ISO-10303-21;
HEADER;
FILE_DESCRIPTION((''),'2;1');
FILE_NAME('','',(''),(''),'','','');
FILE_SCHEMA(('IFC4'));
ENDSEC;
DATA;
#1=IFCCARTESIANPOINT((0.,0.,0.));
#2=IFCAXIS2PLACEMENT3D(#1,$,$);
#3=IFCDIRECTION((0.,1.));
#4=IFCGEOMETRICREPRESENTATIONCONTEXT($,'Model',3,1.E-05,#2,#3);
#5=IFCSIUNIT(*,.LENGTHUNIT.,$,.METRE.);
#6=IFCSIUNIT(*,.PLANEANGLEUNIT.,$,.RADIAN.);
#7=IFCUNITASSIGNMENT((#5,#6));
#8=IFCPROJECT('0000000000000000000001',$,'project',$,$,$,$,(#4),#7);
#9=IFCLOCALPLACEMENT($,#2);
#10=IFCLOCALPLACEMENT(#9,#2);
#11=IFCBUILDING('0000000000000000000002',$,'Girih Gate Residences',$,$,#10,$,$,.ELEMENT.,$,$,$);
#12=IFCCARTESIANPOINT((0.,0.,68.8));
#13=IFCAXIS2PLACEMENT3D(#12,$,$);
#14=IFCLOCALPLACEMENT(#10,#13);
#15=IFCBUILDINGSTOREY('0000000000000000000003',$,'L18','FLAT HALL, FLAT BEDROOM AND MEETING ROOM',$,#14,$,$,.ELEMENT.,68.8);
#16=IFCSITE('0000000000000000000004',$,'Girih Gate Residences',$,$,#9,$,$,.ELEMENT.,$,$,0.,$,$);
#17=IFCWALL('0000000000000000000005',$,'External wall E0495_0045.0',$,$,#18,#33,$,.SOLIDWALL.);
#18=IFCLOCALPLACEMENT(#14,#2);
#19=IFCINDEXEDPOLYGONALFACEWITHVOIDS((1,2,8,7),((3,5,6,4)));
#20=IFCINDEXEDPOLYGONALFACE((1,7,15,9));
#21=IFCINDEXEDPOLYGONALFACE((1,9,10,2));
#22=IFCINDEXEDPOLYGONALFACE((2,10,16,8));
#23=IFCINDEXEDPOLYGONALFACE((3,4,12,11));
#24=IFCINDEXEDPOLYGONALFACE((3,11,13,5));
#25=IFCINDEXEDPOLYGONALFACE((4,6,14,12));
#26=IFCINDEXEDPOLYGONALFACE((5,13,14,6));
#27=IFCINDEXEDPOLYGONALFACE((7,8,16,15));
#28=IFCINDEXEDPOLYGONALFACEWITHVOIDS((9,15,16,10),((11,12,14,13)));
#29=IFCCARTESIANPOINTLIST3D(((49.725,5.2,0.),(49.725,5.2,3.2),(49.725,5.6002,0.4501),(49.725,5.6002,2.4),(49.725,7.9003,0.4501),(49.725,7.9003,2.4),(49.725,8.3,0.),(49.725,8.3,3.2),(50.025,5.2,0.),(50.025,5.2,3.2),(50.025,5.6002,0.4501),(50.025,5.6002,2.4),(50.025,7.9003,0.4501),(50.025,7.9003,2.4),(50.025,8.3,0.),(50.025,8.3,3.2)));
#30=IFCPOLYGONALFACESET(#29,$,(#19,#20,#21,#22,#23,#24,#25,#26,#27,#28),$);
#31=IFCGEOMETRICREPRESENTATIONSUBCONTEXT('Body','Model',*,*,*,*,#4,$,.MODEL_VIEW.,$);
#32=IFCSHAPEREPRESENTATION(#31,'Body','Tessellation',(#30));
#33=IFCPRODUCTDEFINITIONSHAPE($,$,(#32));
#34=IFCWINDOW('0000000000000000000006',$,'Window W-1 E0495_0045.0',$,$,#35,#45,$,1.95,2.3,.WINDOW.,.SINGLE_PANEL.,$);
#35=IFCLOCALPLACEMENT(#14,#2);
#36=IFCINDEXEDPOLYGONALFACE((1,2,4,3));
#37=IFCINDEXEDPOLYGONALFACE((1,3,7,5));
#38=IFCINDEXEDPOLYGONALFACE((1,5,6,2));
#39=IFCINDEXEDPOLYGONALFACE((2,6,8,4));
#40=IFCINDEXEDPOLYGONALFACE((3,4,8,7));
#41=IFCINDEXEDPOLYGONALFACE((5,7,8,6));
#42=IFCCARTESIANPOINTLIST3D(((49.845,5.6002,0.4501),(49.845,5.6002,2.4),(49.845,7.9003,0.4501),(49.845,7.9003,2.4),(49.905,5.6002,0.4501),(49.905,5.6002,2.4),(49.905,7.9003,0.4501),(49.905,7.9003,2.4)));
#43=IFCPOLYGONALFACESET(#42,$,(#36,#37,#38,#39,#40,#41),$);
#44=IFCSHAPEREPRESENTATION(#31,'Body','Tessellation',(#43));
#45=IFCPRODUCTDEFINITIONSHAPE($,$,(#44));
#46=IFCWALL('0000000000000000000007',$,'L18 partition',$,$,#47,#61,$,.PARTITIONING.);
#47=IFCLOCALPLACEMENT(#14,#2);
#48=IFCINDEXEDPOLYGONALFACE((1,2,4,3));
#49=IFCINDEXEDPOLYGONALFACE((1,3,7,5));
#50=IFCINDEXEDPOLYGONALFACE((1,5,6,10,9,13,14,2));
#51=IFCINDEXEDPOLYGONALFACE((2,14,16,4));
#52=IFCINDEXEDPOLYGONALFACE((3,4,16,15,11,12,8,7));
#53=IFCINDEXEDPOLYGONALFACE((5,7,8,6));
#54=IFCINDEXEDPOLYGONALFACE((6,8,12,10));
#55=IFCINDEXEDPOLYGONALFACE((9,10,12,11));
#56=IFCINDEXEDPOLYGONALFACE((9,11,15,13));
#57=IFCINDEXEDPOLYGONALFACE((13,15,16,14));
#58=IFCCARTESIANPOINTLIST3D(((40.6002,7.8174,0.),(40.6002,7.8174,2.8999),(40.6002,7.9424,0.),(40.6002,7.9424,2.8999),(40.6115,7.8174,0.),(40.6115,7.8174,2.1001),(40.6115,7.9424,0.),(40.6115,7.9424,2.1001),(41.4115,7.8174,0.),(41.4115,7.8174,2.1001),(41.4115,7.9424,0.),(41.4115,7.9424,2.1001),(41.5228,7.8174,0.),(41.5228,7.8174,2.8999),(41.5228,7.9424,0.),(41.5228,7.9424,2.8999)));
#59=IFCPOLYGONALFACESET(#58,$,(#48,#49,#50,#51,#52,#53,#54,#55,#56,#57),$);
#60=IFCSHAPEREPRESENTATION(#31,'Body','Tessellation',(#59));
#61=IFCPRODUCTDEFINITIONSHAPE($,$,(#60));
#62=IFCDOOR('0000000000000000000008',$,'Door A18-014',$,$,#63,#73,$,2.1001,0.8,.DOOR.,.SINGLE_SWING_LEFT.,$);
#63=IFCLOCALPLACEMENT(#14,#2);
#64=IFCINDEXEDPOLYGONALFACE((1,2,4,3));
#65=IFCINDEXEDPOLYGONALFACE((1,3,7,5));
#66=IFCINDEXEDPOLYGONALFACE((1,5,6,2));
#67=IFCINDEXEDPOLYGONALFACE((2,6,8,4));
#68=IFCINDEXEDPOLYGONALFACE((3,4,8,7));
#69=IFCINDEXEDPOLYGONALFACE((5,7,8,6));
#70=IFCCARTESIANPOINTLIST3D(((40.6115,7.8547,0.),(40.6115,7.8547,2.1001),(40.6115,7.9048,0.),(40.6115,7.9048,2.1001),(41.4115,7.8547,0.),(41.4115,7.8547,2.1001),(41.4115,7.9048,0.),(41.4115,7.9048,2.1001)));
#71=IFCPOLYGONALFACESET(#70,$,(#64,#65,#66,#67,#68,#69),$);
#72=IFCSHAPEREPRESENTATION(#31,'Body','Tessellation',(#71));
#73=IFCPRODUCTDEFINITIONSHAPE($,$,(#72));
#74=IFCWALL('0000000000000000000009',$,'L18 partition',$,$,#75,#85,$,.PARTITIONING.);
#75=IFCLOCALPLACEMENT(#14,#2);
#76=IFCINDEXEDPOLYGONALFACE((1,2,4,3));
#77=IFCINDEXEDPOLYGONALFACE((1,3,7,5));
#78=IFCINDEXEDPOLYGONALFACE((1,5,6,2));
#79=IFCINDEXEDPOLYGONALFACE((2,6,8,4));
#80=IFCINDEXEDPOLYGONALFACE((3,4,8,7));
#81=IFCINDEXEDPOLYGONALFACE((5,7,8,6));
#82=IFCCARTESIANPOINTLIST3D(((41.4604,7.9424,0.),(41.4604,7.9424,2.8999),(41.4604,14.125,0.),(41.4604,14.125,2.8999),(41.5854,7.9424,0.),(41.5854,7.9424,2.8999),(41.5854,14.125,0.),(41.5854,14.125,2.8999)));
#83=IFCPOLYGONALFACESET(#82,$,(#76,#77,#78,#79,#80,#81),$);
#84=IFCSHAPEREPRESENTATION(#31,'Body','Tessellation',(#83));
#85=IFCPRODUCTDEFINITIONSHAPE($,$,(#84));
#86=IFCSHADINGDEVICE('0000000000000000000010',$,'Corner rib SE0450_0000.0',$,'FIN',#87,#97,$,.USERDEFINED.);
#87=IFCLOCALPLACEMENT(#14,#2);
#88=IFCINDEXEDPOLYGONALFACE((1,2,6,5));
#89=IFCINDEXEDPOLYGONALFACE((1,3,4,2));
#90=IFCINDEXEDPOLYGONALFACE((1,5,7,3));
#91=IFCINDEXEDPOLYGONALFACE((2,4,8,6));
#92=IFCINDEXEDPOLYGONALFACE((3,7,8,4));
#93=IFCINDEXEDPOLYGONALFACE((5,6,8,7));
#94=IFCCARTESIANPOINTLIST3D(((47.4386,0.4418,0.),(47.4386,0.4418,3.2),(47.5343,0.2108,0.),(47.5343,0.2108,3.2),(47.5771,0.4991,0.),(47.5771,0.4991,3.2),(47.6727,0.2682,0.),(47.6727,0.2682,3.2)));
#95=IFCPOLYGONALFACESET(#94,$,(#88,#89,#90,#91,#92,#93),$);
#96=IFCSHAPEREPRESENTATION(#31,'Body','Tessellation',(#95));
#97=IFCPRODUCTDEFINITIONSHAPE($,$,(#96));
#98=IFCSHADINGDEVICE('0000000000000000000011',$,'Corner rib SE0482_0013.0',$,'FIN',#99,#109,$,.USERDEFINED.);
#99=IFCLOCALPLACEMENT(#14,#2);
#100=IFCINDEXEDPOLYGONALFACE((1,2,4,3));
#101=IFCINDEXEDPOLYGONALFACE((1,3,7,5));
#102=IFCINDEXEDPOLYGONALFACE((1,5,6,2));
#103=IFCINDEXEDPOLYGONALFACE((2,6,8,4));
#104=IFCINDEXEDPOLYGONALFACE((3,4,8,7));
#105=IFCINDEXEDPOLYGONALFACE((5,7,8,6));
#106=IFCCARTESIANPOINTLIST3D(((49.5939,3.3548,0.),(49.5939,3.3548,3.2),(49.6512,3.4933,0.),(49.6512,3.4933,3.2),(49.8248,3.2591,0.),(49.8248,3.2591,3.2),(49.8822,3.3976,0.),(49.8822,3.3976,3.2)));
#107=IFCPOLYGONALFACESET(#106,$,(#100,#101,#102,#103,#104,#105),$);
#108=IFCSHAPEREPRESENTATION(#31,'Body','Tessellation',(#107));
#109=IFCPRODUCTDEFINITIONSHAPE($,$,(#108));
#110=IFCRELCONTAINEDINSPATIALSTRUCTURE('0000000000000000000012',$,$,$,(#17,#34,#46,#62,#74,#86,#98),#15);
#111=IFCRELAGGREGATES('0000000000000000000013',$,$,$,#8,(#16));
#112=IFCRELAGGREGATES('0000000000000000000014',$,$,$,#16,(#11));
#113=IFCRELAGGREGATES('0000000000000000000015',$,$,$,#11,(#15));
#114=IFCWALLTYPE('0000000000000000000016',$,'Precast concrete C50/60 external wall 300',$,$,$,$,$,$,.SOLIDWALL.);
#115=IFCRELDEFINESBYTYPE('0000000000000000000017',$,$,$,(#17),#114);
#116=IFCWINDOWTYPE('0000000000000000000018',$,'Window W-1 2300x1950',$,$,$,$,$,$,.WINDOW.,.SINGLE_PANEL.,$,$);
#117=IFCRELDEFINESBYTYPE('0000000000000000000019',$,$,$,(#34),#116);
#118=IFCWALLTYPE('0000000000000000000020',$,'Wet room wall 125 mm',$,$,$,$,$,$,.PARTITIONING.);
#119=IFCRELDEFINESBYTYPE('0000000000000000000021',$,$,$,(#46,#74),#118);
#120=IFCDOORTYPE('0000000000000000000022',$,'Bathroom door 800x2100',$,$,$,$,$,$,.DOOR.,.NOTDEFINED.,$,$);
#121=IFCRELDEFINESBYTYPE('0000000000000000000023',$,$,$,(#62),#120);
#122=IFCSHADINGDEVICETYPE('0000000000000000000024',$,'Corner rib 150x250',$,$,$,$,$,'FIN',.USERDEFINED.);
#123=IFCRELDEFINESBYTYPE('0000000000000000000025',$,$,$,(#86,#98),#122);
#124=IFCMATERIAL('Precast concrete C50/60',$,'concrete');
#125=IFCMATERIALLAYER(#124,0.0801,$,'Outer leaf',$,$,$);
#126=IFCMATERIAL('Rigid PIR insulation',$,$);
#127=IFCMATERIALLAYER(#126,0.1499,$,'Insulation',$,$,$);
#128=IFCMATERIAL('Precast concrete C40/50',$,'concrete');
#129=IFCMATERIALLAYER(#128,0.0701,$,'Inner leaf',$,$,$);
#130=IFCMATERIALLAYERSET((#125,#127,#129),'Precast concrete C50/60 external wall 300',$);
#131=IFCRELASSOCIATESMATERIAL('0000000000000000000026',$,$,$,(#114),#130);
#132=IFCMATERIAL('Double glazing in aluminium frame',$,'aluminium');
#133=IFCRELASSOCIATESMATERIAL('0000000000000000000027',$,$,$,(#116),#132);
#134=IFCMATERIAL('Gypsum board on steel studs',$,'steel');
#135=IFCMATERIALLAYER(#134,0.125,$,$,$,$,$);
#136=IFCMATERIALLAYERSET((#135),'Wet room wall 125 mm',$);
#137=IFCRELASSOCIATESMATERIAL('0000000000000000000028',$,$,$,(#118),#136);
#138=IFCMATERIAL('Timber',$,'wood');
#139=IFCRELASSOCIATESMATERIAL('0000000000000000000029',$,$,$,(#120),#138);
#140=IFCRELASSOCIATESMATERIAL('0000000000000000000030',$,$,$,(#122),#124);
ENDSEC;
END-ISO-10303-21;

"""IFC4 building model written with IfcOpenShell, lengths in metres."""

from ifc_helpers import new_model, si_unit, direction, frame, frame_2d, origin, origin_2d, place, context, subcontext, project, spatial, rectangle, extrude, material, layer, layer_set, type_object, element, fill, save


model = new_model("IFC4")

# Units and contexts
model_context = context("Model", 3, precision=1e-05, world=origin(), true_north=direction((0.0, 1.0)))
body_context = subcontext(model_context, "Body", "Model", "MODEL_VIEW")
ifc_project = project(units=[si_unit("LENGTHUNIT", "METRE"), si_unit("PLANEANGLEUNIT", "RADIAN")], contexts=[model_context])

# Site, building, storey
site_placement = place(None, origin())
site = spatial("IfcSite", under=ifc_project, at=site_placement, Name="Girih Gate Residences", CompositionType="ELEMENT", RefElevation=0.0)
building_placement = place(site_placement, origin())
building = spatial("IfcBuilding", under=site, at=building_placement, Name="Girih Gate Residences", CompositionType="ELEMENT")
storey_placement = place(building_placement, frame((0.0, 0.0, 68.8)))
storey = spatial("IfcBuildingStorey", under=building, at=storey_placement, Name="L18", Description="FLAT HALL, FLAT BEDROOM AND MEETING ROOM", CompositionType="ELEMENT", Elevation=68.8)

# Shared definitions
ifc_material_1 = material(Name="Gypsum board on steel studs", Category="steel")
ifc_material_2 = material(Name="Timber", Category="wood")

# Wall, opening, window
ifc_material_3 = material(Name="Precast concrete C50/60", Category="concrete")
ifc_layer_1 = layer(ifc_material_3, 0.0801, Name="Outer leaf")
ifc_material_4 = material(Name="Rigid PIR insulation")
ifc_layer_2 = layer(ifc_material_4, 0.1499, Name="Insulation")
ifc_material_5 = material(Name="Precast concrete C40/50", Category="concrete")
ifc_layer_3 = layer(ifc_material_5, 0.0701, Name="Inner leaf")
ifc_layer_set_1 = layer_set([ifc_layer_1, ifc_layer_2, ifc_layer_3], Name="Precast concrete C50/60 external wall 300")
wall_type_1 = type_object("IfcWallType", Name="Precast concrete C50/60 external wall 300", PredefinedType="SOLIDWALL", material=ifc_layer_set_1)
ifc_material_6 = material(Name="Double glazing in aluminium frame", Category="aluminium")
window_type_1 = type_object("IfcWindowType", Name="Window W-1 2300x1950", PartitioningType="SINGLE_PANEL", PredefinedType="WINDOW", material=ifc_material_6)
wall_1_placement = place(storey_placement, frame((49.875, 8.3, 0.0), z_axis=(0.0, 0.0, 1.0), x_axis=(0.0, -1.0, 0.0)))
wall_1 = element("IfcWall", 1, at=wall_1_placement, inside=storey, type_object=wall_type_1, Name="External wall E0495_0045.0", PredefinedType="SOLIDWALL", context=body_context, shape_type="SweptSolid", body=[
    extrude(rectangle(XDim=3.1001, YDim=0.3, at=frame_2d((1.55, 0.0))), origin(), (0.0, 0.0, 1.0), 3.2),
])
opening_1_placement = place(wall_1_placement, frame((0.3999, 0.0, 0.45)))
opening_1 = element("IfcOpeningElement", 2, at=opening_1_placement, cuts=wall_1, PredefinedType="OPENING", context=body_context, shape_type="SweptSolid", body=[
    extrude(rectangle(XDim=2.3, YDim=1.95, at=frame_2d((1.1499, 0.9751))), frame((0.0, 0.1599, 0.0), z_axis=(0.0, -1.0, 0.0), x_axis=(1.0, 0.0, 0.0)), (0.0, 0.0, 1.0), 0.3201),
])
window_1_placement = place(opening_1_placement, origin())
window_1 = element("IfcWindow", 3, at=window_1_placement, inside=storey, type_object=window_type_1, Name="Window W-1 E0495_0045.0", OverallHeight=1.95, OverallWidth=2.3, PartitioningType="SINGLE_PANEL", PredefinedType="WINDOW", context=body_context, shape_type="SweptSolid", body=[
    extrude(rectangle(XDim=2.3, YDim=1.95, at=frame_2d((1.1499, 0.9751))), frame((0.0, 0.03, 0.0), z_axis=(0.0, -1.0, 0.0), x_axis=(1.0, 0.0, 0.0)), (0.0, 0.0, 1.0), 0.0601),
])
fill(opening_1, window_1)

# Wall, opening, door
ifc_layer_4 = layer(ifc_material_1, 0.125)
ifc_layer_set_2 = layer_set([ifc_layer_4], Name="Wet room wall 125 mm")
wall_type_2 = type_object("IfcWallType", Name="Wet room wall 125 mm", PredefinedType="PARTITIONING", material=ifc_layer_set_2)
wall_2_placement = place(storey_placement, frame((40.6001, 7.8799, 0.0), z_axis=(0.0, 0.0, 1.0), x_axis=(1.0, 0.0, 0.0)))
wall_2 = element("IfcWall", 4, at=wall_2_placement, inside=storey, type_object=wall_type_2, Name="L18 partition", PredefinedType="PARTITIONING", context=body_context, shape_type="SweptSolid", body=[
    extrude(rectangle(XDim=0.9226, YDim=0.125, at=frame_2d((0.4614, 0.0))), origin(), (0.0, 0.0, 1.0), 2.8999),
])
opening_2_placement = place(wall_2_placement, frame((0.0115, 0.0, 0.0)))
opening_2 = element("IfcOpeningElement", 5, at=opening_2_placement, cuts=wall_2, PredefinedType="OPENING", context=body_context, shape_type="SweptSolid", body=[
    extrude(rectangle(XDim=0.8, YDim=2.1001, at=frame_2d((0.3999, 1.05))), frame((0.0, 0.0725, 0.0), z_axis=(0.0, -1.0, 0.0), x_axis=(1.0, 0.0, 0.0)), (0.0, 0.0, 1.0), 0.145),
])
door_type_1 = type_object("IfcDoorType", Name="Bathroom door 800x2100", OperationType="NOTDEFINED", PredefinedType="DOOR", material=ifc_material_2)
door_1_placement = place(opening_2_placement, origin())
door_1 = element("IfcDoor", 6, at=door_1_placement, inside=storey, type_object=door_type_1, Name="Door A18-014", OperationType="SINGLE_SWING_LEFT", OverallHeight=2.1001, OverallWidth=0.8, PredefinedType="DOOR", context=body_context, shape_type="SweptSolid", body=[
    extrude(rectangle(XDim=0.8, YDim=2.1001, at=frame_2d((0.3999, 1.05))), frame((0.0, 0.0249, 0.0), z_axis=(0.0, -1.0, 0.0), x_axis=(1.0, 0.0, 0.0)), (0.0, 0.0, 1.0), 0.05),
])
fill(opening_2, door_1)

# Wall
wall_3_placement = place(storey_placement, frame((41.5229, 7.9424, 0.0), z_axis=(0.0, 0.0, 1.0), x_axis=(0.0, 1.0, 0.0)))
element("IfcWall", 7, at=wall_3_placement, inside=storey, type_object=wall_type_2, Name="L18 partition", PredefinedType="PARTITIONING", context=body_context, shape_type="SweptSolid", body=[
    extrude(rectangle(XDim=6.1826, YDim=0.125, at=frame_2d((3.0913, 0.0))), origin(), (0.0, 0.0, 1.0), 2.8999),
])

# Shading devices
shading_device_type = type_object("IfcShadingDeviceType", Name="Corner rib 150x250", ElementType="FIN", PredefinedType="USERDEFINED", material=ifc_material_3)
for number, where, z_axis, x_axis, name in (
    (8, (47.5557, 0.355, 0.0), (0.0, 0.0, 1.0), (0.92388, 0.382683, 0.0), "Corner rib SE0450_0000.0"),
    (9, (49.738, 3.3762, 0.0), (0.0, 0.0, 1.0), (0.382683, 0.92388, 0.0), "Corner rib SE0482_0013.0"),
):
    element("IfcShadingDevice", number, at=place(storey_placement, frame(where, z_axis=z_axis, x_axis=x_axis)), inside=storey, type_object=shading_device_type, Name=name, ObjectType="FIN", PredefinedType="USERDEFINED", context=body_context, shape_type="SweptSolid", body=[
        extrude(rectangle(XDim=0.1499, YDim=0.25, at=origin_2d()), origin(), (0.0, 0.0, 1.0), 3.2),
    ])

save(model, "model.ifc")
